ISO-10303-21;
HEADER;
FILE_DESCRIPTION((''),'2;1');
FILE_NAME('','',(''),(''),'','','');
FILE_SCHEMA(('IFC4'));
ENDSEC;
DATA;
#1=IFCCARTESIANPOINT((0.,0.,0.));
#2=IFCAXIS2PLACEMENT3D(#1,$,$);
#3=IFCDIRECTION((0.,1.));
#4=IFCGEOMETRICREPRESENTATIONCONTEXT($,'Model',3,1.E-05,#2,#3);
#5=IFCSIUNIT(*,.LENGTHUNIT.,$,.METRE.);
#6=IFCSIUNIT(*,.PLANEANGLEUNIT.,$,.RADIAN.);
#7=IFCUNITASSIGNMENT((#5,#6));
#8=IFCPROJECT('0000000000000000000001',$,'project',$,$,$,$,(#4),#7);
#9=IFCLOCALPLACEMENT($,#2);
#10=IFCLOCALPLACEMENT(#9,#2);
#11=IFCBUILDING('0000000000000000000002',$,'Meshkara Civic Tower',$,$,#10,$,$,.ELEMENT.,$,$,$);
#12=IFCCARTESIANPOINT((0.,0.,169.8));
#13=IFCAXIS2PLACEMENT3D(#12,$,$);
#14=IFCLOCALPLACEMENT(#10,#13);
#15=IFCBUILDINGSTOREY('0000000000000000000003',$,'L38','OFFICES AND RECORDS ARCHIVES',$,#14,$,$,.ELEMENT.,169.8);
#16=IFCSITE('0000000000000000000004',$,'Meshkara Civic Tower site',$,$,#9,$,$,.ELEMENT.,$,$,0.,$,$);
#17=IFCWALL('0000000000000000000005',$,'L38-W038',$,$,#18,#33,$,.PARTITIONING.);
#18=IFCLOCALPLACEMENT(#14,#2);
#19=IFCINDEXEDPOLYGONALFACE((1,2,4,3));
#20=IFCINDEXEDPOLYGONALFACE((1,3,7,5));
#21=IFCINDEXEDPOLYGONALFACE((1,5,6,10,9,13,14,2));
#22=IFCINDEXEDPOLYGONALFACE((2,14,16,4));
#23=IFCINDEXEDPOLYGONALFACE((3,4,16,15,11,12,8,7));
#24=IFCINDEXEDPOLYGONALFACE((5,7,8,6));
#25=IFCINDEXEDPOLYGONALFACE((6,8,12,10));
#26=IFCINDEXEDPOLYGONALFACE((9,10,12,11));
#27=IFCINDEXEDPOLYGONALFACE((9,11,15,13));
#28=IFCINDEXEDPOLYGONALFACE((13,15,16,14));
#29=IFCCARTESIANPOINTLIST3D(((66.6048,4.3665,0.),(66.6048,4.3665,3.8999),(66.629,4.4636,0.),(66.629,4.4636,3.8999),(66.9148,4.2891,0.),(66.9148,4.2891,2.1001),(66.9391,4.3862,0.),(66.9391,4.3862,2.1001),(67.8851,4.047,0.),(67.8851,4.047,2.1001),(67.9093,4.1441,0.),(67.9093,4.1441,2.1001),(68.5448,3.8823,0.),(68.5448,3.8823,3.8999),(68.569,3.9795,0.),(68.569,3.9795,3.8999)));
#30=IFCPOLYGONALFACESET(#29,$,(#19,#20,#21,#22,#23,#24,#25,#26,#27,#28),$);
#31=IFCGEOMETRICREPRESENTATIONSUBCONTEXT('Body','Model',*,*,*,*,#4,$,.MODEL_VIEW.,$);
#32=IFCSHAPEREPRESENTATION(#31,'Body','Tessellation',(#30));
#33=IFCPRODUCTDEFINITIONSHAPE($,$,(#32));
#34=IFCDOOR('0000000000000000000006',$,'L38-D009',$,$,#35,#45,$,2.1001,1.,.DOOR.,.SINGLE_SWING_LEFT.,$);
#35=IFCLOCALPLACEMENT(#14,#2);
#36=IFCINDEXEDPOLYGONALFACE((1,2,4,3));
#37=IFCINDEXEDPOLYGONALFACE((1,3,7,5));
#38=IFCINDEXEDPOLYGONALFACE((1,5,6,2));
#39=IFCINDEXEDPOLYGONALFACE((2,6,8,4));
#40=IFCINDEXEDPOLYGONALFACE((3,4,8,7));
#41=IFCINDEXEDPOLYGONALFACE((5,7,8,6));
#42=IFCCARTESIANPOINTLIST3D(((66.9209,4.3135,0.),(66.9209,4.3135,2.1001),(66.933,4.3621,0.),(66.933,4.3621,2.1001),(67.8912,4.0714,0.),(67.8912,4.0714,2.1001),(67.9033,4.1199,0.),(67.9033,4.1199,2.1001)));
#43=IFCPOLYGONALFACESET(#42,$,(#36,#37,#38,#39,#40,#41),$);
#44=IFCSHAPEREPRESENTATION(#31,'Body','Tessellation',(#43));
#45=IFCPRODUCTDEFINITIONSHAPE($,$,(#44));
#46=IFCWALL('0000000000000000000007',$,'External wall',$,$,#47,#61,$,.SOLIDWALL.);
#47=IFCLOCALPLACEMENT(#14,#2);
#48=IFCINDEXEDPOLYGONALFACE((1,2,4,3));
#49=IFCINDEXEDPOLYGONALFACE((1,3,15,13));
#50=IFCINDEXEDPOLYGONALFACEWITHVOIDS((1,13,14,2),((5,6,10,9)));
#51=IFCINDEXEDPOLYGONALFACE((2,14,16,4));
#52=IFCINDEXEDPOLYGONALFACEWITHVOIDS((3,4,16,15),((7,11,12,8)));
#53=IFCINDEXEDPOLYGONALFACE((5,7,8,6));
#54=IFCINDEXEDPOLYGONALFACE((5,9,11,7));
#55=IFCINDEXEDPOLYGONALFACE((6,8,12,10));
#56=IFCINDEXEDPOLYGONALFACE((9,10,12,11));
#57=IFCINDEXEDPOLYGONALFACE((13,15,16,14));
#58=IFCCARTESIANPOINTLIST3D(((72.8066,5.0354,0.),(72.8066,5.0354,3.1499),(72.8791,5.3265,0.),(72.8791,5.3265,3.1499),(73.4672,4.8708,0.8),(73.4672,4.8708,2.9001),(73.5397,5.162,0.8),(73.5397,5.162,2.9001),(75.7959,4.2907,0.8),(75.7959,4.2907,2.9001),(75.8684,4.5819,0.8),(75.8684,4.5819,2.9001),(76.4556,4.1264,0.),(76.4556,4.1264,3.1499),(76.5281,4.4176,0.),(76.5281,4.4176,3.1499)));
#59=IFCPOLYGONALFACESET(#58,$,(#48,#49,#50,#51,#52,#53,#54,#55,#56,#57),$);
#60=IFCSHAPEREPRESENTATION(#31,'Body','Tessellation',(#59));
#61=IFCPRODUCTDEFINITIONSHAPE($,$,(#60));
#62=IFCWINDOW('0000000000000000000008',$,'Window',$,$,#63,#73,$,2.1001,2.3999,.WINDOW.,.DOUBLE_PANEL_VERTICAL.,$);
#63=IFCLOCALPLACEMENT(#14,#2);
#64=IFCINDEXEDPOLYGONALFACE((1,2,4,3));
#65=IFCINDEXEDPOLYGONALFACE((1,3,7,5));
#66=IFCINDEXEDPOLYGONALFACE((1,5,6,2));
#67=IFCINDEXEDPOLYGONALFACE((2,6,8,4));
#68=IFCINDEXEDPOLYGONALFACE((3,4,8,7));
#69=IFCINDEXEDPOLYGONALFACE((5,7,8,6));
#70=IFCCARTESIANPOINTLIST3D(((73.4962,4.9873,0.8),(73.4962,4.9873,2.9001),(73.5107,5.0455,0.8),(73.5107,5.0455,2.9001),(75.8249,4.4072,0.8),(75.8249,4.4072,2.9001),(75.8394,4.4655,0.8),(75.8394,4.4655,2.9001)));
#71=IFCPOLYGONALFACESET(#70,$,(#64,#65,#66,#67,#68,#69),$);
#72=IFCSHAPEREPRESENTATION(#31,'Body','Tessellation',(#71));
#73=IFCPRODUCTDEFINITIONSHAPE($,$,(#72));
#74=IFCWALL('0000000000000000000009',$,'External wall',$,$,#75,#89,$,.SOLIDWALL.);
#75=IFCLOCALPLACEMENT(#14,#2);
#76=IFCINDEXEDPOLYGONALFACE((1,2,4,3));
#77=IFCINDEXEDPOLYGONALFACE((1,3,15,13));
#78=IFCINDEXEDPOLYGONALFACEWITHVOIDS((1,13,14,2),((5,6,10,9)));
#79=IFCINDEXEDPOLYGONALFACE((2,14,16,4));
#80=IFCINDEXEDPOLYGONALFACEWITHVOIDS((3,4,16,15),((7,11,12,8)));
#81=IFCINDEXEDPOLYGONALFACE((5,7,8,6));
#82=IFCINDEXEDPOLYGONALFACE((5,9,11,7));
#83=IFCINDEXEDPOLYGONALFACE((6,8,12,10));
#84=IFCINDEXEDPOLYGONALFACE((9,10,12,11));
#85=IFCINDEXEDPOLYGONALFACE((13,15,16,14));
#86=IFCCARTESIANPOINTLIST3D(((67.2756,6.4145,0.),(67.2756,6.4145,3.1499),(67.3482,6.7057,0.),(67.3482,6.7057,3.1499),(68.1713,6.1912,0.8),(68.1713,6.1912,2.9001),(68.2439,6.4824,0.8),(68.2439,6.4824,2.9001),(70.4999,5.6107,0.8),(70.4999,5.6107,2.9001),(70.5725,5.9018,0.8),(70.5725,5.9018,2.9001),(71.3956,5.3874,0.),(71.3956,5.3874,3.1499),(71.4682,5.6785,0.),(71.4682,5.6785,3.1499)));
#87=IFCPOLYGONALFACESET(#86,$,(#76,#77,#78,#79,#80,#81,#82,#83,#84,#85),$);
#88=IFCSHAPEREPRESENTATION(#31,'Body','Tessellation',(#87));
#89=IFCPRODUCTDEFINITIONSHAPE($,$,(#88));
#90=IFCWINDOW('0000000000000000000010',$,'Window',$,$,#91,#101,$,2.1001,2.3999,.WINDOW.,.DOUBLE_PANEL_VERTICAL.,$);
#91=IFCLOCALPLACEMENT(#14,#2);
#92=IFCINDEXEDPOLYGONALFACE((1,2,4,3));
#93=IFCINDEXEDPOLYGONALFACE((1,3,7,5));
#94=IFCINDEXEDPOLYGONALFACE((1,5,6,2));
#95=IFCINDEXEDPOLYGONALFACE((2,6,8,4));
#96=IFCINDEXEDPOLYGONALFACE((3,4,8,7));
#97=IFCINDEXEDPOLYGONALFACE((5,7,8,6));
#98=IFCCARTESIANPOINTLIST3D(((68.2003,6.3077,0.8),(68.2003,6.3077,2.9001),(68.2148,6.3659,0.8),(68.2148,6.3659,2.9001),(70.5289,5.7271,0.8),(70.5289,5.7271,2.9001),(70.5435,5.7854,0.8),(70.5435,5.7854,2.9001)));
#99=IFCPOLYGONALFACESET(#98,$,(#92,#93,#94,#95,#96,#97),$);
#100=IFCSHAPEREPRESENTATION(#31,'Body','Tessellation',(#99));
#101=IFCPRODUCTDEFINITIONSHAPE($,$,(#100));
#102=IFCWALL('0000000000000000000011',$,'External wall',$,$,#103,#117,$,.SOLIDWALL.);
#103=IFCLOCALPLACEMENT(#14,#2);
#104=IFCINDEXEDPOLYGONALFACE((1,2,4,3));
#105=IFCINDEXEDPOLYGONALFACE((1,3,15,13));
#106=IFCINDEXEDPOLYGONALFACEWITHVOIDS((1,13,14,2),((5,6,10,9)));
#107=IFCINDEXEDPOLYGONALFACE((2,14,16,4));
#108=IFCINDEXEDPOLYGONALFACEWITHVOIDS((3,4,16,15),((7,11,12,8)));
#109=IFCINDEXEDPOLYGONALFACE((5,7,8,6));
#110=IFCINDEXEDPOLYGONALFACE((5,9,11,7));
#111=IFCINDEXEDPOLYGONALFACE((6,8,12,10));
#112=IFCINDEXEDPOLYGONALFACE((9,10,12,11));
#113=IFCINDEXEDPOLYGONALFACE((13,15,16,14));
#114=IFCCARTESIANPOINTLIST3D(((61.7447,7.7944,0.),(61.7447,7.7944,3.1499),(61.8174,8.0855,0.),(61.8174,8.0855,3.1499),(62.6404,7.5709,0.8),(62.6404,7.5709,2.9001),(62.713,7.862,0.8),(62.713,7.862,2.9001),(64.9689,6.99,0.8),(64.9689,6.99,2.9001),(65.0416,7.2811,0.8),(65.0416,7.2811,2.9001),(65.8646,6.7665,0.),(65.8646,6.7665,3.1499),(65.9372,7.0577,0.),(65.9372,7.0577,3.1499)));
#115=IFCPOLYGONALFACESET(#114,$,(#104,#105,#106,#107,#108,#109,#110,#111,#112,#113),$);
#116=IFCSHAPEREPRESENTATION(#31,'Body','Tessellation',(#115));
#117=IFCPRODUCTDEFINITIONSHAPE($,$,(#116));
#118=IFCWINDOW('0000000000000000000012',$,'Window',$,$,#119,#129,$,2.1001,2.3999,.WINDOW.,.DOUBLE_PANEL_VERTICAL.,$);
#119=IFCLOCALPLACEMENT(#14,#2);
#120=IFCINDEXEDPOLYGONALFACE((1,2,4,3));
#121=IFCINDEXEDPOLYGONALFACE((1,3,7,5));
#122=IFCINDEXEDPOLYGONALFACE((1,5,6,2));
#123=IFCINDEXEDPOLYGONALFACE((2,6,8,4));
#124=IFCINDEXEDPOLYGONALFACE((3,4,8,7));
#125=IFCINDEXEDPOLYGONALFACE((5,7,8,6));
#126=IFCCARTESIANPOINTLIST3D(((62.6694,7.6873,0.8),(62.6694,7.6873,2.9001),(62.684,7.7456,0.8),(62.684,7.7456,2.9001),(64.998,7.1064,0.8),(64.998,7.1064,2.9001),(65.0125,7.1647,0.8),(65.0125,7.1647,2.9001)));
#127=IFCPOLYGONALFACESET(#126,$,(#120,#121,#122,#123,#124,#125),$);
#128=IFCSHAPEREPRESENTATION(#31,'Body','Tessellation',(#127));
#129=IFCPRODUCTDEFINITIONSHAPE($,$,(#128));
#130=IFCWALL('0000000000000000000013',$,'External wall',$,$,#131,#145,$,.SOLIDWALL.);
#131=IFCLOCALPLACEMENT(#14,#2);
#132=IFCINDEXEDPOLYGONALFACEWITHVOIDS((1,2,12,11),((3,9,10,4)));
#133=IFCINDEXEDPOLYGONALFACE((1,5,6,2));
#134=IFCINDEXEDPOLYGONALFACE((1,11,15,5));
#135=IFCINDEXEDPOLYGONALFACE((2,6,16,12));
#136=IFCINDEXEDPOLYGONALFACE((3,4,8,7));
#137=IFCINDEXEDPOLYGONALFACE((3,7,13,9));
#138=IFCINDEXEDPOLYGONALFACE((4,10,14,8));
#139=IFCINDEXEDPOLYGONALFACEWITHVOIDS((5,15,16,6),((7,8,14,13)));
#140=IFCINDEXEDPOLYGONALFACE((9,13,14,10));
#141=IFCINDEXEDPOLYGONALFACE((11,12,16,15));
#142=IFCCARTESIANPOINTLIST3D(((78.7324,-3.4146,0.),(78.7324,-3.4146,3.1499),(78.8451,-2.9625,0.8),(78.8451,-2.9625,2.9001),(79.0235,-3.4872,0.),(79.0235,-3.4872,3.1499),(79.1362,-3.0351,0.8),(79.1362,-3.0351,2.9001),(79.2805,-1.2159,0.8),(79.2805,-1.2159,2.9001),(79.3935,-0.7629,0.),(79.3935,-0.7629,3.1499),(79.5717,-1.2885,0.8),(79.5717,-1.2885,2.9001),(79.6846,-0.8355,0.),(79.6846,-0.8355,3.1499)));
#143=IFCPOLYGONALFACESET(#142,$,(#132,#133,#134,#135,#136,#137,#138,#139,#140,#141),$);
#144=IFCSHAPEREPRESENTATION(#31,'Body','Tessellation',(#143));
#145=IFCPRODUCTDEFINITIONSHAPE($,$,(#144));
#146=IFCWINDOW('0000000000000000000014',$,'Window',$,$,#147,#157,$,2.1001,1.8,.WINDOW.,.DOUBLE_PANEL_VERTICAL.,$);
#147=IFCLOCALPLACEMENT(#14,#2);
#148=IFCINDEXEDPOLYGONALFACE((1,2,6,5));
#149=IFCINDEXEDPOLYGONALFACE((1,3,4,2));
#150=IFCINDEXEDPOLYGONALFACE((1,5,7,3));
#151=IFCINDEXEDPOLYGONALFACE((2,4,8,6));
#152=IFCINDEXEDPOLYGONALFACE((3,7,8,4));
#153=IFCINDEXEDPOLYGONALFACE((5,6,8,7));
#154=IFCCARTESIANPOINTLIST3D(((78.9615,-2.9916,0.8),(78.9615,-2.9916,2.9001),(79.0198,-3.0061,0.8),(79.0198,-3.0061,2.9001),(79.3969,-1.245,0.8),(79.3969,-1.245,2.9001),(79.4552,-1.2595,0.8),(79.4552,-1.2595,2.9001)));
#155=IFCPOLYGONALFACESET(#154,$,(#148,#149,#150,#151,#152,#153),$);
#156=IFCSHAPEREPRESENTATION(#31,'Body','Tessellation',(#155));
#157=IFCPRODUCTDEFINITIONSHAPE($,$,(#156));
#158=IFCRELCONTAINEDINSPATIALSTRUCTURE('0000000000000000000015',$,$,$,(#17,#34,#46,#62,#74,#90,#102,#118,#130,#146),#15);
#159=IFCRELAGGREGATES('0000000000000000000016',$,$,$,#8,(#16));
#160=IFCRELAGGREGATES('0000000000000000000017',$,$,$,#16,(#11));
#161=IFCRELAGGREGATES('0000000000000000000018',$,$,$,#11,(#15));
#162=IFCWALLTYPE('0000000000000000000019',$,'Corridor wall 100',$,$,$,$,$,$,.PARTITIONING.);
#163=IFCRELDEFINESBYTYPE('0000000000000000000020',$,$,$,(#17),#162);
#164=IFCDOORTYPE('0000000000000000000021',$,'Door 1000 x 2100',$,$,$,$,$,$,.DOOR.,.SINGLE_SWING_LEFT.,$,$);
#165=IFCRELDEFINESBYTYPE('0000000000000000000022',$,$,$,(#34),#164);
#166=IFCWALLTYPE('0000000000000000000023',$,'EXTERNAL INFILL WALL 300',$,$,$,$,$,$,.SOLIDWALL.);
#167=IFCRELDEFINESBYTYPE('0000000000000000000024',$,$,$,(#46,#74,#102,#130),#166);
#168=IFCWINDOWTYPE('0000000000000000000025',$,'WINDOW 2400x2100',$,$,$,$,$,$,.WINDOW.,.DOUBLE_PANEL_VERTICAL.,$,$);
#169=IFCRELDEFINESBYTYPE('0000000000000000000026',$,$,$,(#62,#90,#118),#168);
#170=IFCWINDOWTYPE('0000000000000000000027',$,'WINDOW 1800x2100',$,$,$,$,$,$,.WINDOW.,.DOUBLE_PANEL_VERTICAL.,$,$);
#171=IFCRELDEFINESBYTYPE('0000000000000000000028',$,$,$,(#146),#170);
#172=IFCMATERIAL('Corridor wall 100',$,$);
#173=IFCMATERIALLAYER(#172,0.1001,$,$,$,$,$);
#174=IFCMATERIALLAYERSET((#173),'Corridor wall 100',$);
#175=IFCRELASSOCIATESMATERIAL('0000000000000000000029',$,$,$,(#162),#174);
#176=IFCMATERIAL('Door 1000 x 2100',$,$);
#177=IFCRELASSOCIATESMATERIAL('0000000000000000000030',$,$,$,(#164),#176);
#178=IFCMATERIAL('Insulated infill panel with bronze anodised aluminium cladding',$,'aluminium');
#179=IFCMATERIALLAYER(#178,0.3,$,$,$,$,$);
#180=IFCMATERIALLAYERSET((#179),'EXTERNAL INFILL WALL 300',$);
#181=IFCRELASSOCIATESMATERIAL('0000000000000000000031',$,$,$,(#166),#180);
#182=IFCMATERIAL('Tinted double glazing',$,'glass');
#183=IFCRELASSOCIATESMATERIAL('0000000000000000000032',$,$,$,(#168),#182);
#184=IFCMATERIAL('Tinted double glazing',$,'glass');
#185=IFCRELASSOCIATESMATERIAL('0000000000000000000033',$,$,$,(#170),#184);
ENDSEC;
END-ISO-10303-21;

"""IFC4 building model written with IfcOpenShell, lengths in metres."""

from ifc_helpers import new_model, si_unit, direction, frame, frame_2d, origin, place, context, subcontext, project, spatial, rectangle, extrude, material, layer, layer_set, type_object, element, fill, save


model = new_model("IFC4")

# Units and contexts
model_context = context("Model", 3, precision=1e-05, world=origin(), true_north=direction((0.0, 1.0)))
body_context = subcontext(model_context, "Body", "Model", "MODEL_VIEW")
ifc_project = project(units=[si_unit("LENGTHUNIT", "METRE"), si_unit("PLANEANGLEUNIT", "RADIAN")], contexts=[model_context])

# Site, building, storey
site_placement = place(None, origin())
site = spatial("IfcSite", under=ifc_project, at=site_placement, Name="Meshkara Civic Tower site", CompositionType="ELEMENT", RefElevation=0.0)
building_placement = place(site_placement, origin())
building = spatial("IfcBuilding", under=site, at=building_placement, Name="Meshkara Civic Tower", CompositionType="ELEMENT")
storey_placement = place(building_placement, frame((0.0, 0.0, 169.8)))
storey = spatial("IfcBuildingStorey", under=building, at=storey_placement, Name="L38", Description="OFFICES AND RECORDS ARCHIVES", CompositionType="ELEMENT", Elevation=169.8)

# Shared definitions
ifc_material_1 = material(Name="Corridor wall 100")
ifc_layer_1 = layer(ifc_material_1, 0.1001)
ifc_layer_set_1 = layer_set([ifc_layer_1], Name="Corridor wall 100")
wall_type_1 = type_object("IfcWallType", Name="Corridor wall 100", PredefinedType="PARTITIONING", material=ifc_layer_set_1)

# Shared definitions
ifc_material_2 = material(Name="Door 1000 x 2100")
door_type = type_object("IfcDoorType", Name="Door 1000 x 2100", OperationType="SINGLE_SWING_LEFT", PredefinedType="DOOR", material=ifc_material_2)

# Wall, opening, door
wall_1_placement = place(storey_placement, frame((68.5569, 3.9309, 0.0), z_axis=(0.0, 0.0, 1.0), x_axis=(-0.970243, 0.242133, 0.0)))
wall_1 = element("IfcWall", 1, at=wall_1_placement, inside=storey, type_object=wall_type_1, Name="L38-W038", PredefinedType="PARTITIONING", context=body_context, shape_type="SweptSolid", body=[
    extrude(rectangle(XDim=1.9995, YDim=0.1001, at=frame_2d((0.9998, 0.0))), origin(), (0.0, 0.0, 1.0), 3.8999),
])
opening_1_placement = place(wall_1_placement, frame((0.6799, 0.0, 0.0)))
opening_1 = element("IfcOpeningElement", 2, at=opening_1_placement, cuts=wall_1, PredefinedType="OPENING", context=body_context, shape_type="SweptSolid", body=[
    extrude(rectangle(XDim=1.0, YDim=2.1001, at=frame_2d((0.5, 1.05))), frame((0.0, 0.0601, 0.0), z_axis=(0.0, -1.0, 0.0), x_axis=(1.0, 0.0, 0.0)), (0.0, 0.0, 1.0), 0.1201),
])
door_1_placement = place(opening_1_placement, origin())
door_1 = element("IfcDoor", 3, at=door_1_placement, inside=storey, type_object=door_type, Name="L38-D009", OperationType="SINGLE_SWING_LEFT", OverallHeight=2.1001, OverallWidth=1.0, PredefinedType="DOOR", context=body_context, shape_type="SweptSolid", body=[
    extrude(rectangle(XDim=1.0, YDim=2.1001, at=frame_2d((0.5, 1.05))), frame((0.0, 0.0249, 0.0), z_axis=(0.0, -1.0, 0.0), x_axis=(1.0, 0.0, 0.0)), (0.0, 0.0, 1.0), 0.05),
])
fill(opening_1, door_1)

# Walls, openings, windows
ifc_material_3 = material(Name="Insulated infill panel with bronze anodised aluminium cladding", Category="aluminium")
ifc_layer_2 = layer(ifc_material_3, 0.3)
ifc_layer_set_2 = layer_set([ifc_layer_2], Name="EXTERNAL INFILL WALL 300")
wall_type_2 = type_object("IfcWallType", Name="EXTERNAL INFILL WALL 300", PredefinedType="SOLIDWALL", material=ifc_layer_set_2)
wall_2_placement = place(storey_placement, frame((76.4919, 4.272, 0.0), z_axis=(0.0, 0.0, 1.0), x_axis=(-0.970348, 0.241711, 0.0)))
wall_2 = element("IfcWall", 4, at=wall_2_placement, inside=storey, type_object=wall_type_2, Name="External wall", PredefinedType="SOLIDWALL", context=body_context, shape_type="SweptSolid", body=[
    extrude(rectangle(XDim=3.7605, YDim=0.3, at=frame_2d((1.8804, 0.0))), origin(), (0.0, 0.0, 1.0), 3.1499),
])
opening_2_placement = place(wall_2_placement, frame((0.6799, 0.0, 0.8)))
opening_2 = element("IfcOpeningElement", 5, at=opening_2_placement, cuts=wall_2, PredefinedType="OPENING", context=body_context, shape_type="SweptSolid", body=[
    extrude(rectangle(XDim=2.3999, YDim=2.1001, at=frame_2d((1.2, 1.05))), frame((0.0, 0.1599, 0.0), z_axis=(0.0, -1.0, 0.0), x_axis=(1.0, 0.0, 0.0)), (0.0, 0.0, 1.0), 0.3201),
])
ifc_material_4 = material(Name="Tinted double glazing", Category="glass")
window_type_1 = type_object("IfcWindowType", Name="WINDOW 2400x2100", PartitioningType="DOUBLE_PANEL_VERTICAL", PredefinedType="WINDOW", material=ifc_material_4)
window_1_placement = place(opening_2_placement, origin())
window_1 = element("IfcWindow", 6, at=window_1_placement, inside=storey, type_object=window_type_1, Name="Window", OverallHeight=2.1001, OverallWidth=2.3999, PartitioningType="DOUBLE_PANEL_VERTICAL", PredefinedType="WINDOW", context=body_context, shape_type="SweptSolid", body=[
    extrude(rectangle(XDim=2.3999, YDim=2.1001, at=frame_2d((1.2, 1.05))), frame((0.0, 0.03, 0.0), z_axis=(0.0, -1.0, 0.0), x_axis=(1.0, 0.0, 0.0)), (0.0, 0.0, 1.0), 0.0601),
])
fill(opening_2, window_1)
wall_3_placement = place(storey_placement, frame((71.4319, 5.533, 0.0), z_axis=(0.0, 0.0, 1.0), x_axis=(-0.970301, 0.2419, 0.0)))
wall_3 = element("IfcWall", 7, at=wall_3_placement, inside=storey, type_object=wall_type_2, Name="External wall", PredefinedType="SOLIDWALL", context=body_context, shape_type="SweptSolid", body=[
    extrude(rectangle(XDim=4.2461, YDim=0.3, at=frame_2d((2.123, 0.0))), origin(), (0.0, 0.0, 1.0), 3.1499),
])
opening_3_placement = place(wall_3_placement, frame((0.9231, 0.0, 0.8)))
opening_3 = element("IfcOpeningElement", 8, at=opening_3_placement, cuts=wall_3, PredefinedType="OPENING", context=body_context, shape_type="SweptSolid", body=[
    extrude(rectangle(XDim=2.3999, YDim=2.1001, at=frame_2d((1.2, 1.05))), frame((0.0, 0.1599, 0.0), z_axis=(0.0, -1.0, 0.0), x_axis=(1.0, 0.0, 0.0)), (0.0, 0.0, 1.0), 0.3201),
])
window_2_placement = place(opening_3_placement, origin())
window_2 = element("IfcWindow", 9, at=window_2_placement, inside=storey, type_object=window_type_1, Name="Window", OverallHeight=2.1001, OverallWidth=2.3999, PartitioningType="DOUBLE_PANEL_VERTICAL", PredefinedType="WINDOW", context=body_context, shape_type="SweptSolid", body=[
    extrude(rectangle(XDim=2.3999, YDim=2.1001, at=frame_2d((1.2, 1.05))), frame((0.0, 0.03, 0.0), z_axis=(0.0, -1.0, 0.0), x_axis=(1.0, 0.0, 0.0)), (0.0, 0.0, 1.0), 0.0601),
])
fill(opening_3, window_2)
wall_4_placement = place(storey_placement, frame((65.9009, 6.9121, 0.0), z_axis=(0.0, 0.0, 1.0), x_axis=(-0.970261, 0.242062, 0.0)))
wall_4 = element("IfcWall", 10, at=wall_4_placement, inside=storey, type_object=wall_type_2, Name="External wall", PredefinedType="SOLIDWALL", context=body_context, shape_type="SweptSolid", body=[
    extrude(rectangle(XDim=4.2461, YDim=0.3, at=frame_2d((2.123, 0.0))), origin(), (0.0, 0.0, 1.0), 3.1499),
])
opening_4_placement = place(wall_4_placement, frame((0.9231, 0.0, 0.8)))
opening_4 = element("IfcOpeningElement", 11, at=opening_4_placement, cuts=wall_4, PredefinedType="OPENING", context=body_context, shape_type="SweptSolid", body=[
    extrude(rectangle(XDim=2.3999, YDim=2.1001, at=frame_2d((1.2, 1.05))), frame((0.0, 0.1599, 0.0), z_axis=(0.0, -1.0, 0.0), x_axis=(1.0, 0.0, 0.0)), (0.0, 0.0, 1.0), 0.3201),
])
window_3_placement = place(opening_4_placement, origin())
window_3 = element("IfcWindow", 12, at=window_3_placement, inside=storey, type_object=window_type_1, Name="Window", OverallHeight=2.1001, OverallWidth=2.3999, PartitioningType="DOUBLE_PANEL_VERTICAL", PredefinedType="WINDOW", context=body_context, shape_type="SweptSolid", body=[
    extrude(rectangle(XDim=2.3999, YDim=2.1001, at=frame_2d((1.2, 1.05))), frame((0.0, 0.03, 0.0), z_axis=(0.0, -1.0, 0.0), x_axis=(1.0, 0.0, 0.0)), (0.0, 0.0, 1.0), 0.0601),
])
fill(opening_4, window_3)
wall_5_placement = place(storey_placement, frame((78.8779, -3.4509, 0.0), z_axis=(0.0, 0.0, 1.0), x_axis=(0.241905, 0.9703, 0.0)))
wall_5 = element("IfcWall", 13, at=wall_5_placement, inside=storey, type_object=wall_type_2, Name="External wall", PredefinedType="SOLIDWALL", context=body_context, shape_type="SweptSolid", body=[
    extrude(rectangle(XDim=2.7329, YDim=0.3, at=frame_2d((1.3665, 0.0))), origin(), (0.0, 0.0, 1.0), 3.1499),
])
opening_5_placement = place(wall_5_placement, frame((0.4661, 0.0, 0.8)))
opening_5 = element("IfcOpeningElement", 14, at=opening_5_placement, cuts=wall_5, PredefinedType="OPENING", context=body_context, shape_type="SweptSolid", body=[
    extrude(rectangle(XDim=1.8, YDim=2.1001, at=frame_2d((0.8999, 1.05))), frame((0.0, 0.1599, 0.0), z_axis=(0.0, -1.0, 0.0), x_axis=(1.0, 0.0, 0.0)), (0.0, 0.0, 1.0), 0.3201),
])
ifc_material_5 = material(Name="Tinted double glazing", Category="glass")
window_type_2 = type_object("IfcWindowType", Name="WINDOW 1800x2100", PartitioningType="DOUBLE_PANEL_VERTICAL", PredefinedType="WINDOW", material=ifc_material_5)
window_4_placement = place(opening_5_placement, origin())
window_4 = element("IfcWindow", 15, at=window_4_placement, inside=storey, type_object=window_type_2, Name="Window", OverallHeight=2.1001, OverallWidth=1.8, PartitioningType="DOUBLE_PANEL_VERTICAL", PredefinedType="WINDOW", context=body_context, shape_type="SweptSolid", body=[
    extrude(rectangle(XDim=1.8, YDim=2.1001, at=frame_2d((0.8999, 1.05))), frame((0.0, 0.03, 0.0), z_axis=(0.0, -1.0, 0.0), x_axis=(1.0, 0.0, 0.0)), (0.0, 0.0, 1.0), 0.0601),
])
fill(opening_5, window_4)

save(model, "model.ifc")
